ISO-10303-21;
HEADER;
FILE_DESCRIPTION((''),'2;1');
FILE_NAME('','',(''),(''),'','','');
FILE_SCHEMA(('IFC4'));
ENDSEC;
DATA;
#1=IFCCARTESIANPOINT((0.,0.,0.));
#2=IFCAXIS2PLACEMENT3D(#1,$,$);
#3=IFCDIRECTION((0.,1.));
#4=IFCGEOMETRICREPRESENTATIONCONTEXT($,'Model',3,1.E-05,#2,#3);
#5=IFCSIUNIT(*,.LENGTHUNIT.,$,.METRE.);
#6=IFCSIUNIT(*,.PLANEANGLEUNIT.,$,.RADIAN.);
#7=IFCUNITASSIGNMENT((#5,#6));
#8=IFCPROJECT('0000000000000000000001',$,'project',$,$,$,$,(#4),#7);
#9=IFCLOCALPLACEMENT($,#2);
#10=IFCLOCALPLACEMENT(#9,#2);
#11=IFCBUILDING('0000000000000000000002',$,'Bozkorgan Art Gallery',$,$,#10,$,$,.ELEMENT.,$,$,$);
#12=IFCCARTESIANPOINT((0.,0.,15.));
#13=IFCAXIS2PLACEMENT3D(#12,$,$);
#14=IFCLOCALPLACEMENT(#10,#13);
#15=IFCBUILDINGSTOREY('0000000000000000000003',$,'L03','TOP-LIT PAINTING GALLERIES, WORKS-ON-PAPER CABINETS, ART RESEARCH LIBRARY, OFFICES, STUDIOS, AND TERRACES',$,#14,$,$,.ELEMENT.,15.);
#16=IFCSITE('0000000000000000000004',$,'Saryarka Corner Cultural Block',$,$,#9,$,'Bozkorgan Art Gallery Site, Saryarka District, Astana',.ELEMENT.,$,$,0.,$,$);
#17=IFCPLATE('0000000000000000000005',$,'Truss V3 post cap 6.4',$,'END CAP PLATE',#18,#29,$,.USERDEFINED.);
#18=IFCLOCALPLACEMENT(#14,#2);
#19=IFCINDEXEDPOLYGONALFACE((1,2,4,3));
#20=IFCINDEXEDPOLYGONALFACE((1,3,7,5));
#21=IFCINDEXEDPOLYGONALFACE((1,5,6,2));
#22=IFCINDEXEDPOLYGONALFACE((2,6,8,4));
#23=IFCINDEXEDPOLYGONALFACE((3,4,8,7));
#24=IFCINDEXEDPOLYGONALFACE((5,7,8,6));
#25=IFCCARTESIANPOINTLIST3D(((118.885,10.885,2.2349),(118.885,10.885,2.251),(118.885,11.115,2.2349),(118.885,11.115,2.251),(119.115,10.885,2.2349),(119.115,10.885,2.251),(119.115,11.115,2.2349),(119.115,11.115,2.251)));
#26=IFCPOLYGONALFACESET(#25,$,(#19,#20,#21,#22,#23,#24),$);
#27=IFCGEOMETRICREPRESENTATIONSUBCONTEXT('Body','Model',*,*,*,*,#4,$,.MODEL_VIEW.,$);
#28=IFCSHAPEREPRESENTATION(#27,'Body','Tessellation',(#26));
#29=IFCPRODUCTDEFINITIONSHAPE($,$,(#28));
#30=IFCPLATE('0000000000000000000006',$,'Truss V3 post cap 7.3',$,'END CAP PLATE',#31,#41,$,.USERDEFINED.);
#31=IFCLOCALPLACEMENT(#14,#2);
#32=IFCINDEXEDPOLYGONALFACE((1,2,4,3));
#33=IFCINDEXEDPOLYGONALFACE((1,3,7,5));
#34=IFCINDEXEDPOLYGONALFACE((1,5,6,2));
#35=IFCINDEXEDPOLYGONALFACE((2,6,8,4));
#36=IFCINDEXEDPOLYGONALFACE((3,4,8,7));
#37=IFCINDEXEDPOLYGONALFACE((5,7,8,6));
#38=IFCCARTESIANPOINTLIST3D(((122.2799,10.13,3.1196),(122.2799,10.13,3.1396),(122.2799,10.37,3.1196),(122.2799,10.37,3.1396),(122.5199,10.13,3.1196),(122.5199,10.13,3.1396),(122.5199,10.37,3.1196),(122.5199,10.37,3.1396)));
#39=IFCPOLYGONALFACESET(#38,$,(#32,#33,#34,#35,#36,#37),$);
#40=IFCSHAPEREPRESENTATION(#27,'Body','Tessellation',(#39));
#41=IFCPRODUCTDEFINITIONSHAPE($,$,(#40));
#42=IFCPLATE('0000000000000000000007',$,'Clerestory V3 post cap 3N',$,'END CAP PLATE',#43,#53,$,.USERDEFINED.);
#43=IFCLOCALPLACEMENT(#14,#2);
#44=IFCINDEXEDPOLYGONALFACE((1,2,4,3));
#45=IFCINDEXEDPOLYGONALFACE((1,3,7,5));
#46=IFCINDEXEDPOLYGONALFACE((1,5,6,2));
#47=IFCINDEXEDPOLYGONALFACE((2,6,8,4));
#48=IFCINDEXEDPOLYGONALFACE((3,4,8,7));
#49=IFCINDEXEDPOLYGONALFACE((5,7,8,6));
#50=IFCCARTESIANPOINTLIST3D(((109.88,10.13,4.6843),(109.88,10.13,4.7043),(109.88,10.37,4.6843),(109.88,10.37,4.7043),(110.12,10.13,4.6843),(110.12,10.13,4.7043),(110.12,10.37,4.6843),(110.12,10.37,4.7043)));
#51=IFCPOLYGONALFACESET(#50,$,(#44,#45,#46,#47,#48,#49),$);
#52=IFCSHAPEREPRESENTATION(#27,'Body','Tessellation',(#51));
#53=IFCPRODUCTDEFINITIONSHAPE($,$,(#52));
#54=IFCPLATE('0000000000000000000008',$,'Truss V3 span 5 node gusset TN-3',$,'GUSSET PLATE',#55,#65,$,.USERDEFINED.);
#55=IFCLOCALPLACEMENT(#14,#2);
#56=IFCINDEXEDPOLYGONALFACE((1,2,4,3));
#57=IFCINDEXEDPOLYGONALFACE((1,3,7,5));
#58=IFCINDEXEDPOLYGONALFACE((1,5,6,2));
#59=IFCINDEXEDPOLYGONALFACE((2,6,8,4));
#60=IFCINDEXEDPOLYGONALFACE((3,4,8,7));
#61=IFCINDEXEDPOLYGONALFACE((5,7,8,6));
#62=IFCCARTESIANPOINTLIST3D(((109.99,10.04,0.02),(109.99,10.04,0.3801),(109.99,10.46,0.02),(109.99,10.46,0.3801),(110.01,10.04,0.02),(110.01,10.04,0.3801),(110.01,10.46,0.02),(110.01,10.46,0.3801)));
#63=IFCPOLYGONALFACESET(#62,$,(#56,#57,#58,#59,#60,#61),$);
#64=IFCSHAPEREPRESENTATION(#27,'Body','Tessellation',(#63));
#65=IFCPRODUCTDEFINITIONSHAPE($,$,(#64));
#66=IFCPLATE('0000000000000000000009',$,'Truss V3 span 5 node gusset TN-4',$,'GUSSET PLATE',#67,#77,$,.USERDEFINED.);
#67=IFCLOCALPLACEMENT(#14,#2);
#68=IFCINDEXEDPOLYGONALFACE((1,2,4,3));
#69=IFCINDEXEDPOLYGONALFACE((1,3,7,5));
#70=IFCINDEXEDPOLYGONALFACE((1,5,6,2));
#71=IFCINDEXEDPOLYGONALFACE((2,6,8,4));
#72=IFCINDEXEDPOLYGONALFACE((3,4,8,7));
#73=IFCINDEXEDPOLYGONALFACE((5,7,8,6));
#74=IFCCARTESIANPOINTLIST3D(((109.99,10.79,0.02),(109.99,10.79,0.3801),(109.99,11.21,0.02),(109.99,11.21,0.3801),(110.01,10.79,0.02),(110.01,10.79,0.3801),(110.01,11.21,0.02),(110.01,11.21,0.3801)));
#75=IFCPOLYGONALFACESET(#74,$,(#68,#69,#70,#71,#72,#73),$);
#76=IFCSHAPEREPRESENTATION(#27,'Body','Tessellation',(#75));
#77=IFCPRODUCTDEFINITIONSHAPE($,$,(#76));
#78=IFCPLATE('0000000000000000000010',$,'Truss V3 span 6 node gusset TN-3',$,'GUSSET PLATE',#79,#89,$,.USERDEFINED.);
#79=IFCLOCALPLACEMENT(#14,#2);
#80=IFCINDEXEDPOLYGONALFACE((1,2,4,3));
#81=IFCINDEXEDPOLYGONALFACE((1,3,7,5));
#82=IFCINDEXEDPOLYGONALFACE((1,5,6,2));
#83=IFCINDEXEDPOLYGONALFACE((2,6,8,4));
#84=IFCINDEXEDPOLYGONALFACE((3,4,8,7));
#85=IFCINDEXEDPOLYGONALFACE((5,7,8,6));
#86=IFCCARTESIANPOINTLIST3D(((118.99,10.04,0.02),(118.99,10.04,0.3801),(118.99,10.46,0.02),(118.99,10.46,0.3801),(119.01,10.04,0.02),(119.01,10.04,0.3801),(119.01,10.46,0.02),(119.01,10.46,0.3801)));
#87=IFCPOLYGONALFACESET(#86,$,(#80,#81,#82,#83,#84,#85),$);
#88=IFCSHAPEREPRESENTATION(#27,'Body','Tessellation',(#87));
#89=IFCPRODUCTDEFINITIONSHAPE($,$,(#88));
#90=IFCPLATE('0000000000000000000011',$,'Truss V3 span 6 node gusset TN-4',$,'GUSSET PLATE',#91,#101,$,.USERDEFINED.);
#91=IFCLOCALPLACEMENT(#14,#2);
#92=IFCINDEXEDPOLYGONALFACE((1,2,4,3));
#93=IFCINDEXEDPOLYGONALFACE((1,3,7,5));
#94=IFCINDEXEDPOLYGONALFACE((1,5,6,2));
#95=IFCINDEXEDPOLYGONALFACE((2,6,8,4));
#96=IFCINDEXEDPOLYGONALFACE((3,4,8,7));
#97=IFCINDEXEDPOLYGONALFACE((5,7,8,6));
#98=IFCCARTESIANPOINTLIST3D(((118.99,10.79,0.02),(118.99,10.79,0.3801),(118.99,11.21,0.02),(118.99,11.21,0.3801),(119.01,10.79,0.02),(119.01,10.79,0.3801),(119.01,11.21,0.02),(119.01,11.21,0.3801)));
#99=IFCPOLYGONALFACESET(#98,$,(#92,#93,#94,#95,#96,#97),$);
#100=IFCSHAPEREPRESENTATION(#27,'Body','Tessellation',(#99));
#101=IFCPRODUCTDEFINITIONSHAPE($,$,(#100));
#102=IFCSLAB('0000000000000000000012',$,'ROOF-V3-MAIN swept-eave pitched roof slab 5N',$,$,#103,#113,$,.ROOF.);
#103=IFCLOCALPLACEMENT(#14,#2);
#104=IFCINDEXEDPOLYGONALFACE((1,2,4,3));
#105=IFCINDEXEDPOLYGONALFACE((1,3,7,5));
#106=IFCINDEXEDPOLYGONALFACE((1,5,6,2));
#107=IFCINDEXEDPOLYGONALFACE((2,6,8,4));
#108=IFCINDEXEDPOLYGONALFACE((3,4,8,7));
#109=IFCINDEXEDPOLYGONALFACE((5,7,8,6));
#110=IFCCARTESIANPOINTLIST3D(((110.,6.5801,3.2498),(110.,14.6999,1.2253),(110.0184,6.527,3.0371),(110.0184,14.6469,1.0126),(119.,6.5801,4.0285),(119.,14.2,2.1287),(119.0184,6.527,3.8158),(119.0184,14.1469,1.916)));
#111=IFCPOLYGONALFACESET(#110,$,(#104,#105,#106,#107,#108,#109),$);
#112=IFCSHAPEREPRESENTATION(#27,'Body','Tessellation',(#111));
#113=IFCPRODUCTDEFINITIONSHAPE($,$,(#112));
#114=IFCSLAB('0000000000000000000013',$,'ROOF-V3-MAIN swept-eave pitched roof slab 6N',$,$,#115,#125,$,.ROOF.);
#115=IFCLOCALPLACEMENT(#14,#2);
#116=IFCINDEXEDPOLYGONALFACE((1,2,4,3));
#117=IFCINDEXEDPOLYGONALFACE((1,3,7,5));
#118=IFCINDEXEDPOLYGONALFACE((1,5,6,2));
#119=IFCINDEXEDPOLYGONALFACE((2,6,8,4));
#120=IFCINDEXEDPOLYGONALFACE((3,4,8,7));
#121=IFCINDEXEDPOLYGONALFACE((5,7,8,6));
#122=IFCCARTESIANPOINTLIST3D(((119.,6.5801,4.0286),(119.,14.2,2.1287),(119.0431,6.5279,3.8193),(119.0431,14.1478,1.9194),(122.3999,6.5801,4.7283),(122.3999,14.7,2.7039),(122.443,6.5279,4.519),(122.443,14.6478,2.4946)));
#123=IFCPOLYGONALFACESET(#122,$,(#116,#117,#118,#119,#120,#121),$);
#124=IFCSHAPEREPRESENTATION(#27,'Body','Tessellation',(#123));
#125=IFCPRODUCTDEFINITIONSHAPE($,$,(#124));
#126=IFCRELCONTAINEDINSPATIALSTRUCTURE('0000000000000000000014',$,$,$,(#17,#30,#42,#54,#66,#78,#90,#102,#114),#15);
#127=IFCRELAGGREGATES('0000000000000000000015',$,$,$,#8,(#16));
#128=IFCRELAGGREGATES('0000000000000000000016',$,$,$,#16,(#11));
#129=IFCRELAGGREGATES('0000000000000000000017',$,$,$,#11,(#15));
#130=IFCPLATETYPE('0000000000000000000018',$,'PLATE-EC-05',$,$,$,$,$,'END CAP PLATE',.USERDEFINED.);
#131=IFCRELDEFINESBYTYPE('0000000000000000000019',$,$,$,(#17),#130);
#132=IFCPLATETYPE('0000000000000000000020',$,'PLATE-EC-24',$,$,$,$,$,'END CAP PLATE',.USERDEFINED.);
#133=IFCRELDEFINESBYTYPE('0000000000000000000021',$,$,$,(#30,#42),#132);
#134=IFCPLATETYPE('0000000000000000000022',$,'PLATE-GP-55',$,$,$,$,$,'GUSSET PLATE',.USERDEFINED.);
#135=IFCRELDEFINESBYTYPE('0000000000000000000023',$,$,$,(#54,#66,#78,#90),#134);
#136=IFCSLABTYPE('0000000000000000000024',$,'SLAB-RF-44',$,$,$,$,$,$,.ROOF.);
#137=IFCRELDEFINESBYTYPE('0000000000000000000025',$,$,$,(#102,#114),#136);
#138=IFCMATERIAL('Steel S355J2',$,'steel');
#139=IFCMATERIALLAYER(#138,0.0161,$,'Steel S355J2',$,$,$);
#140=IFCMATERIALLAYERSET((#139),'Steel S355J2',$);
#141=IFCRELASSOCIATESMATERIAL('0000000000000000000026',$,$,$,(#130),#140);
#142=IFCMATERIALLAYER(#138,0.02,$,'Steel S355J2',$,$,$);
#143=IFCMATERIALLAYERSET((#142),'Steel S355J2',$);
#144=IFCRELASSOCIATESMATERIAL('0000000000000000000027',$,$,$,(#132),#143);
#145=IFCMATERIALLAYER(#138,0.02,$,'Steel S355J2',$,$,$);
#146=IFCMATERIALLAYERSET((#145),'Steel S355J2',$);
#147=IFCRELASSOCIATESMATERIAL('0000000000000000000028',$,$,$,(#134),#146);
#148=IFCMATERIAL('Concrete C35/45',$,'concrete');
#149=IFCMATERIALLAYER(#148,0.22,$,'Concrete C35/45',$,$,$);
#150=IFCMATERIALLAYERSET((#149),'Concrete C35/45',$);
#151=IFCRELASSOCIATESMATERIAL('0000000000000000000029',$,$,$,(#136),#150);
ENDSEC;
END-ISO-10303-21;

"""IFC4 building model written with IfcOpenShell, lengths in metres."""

from ifc_helpers import new_model, si_unit, direction, frame, origin, origin_2d, place, context, subcontext, project, spatial, polyline, rectangle, outline, extrude, material, layer, layer_set, type_object, element, save


model = new_model("IFC4")

# Units and contexts
model_context = context("Model", 3, precision=1e-05, world=origin(), true_north=direction((0.0, 1.0)))
body_context = subcontext(model_context, "Body", "Model", "MODEL_VIEW")
ifc_project = project(units=[si_unit("LENGTHUNIT", "METRE"), si_unit("PLANEANGLEUNIT", "RADIAN")], contexts=[model_context])

# Site, building, storey
site_placement = place(None, origin())
site = spatial("IfcSite", under=ifc_project, at=site_placement, Name="Saryarka Corner Cultural Block", LongName="Bozkorgan Art Gallery Site, Saryarka District, Astana", CompositionType="ELEMENT", RefElevation=0.0)
building_placement = place(site_placement, origin())
building = spatial("IfcBuilding", under=site, at=building_placement, Name="Bozkorgan Art Gallery", CompositionType="ELEMENT")
storey_placement = place(building_placement, frame((0.0, 0.0, 15.0)))
storey = spatial("IfcBuildingStorey", under=building, at=storey_placement, Name="L03", Description="TOP-LIT PAINTING GALLERIES, WORKS-ON-PAPER CABINETS, ART RESEARCH LIBRARY, OFFICES, STUDIOS, AND TERRACES", CompositionType="ELEMENT", Elevation=15.0)

# Shared definitions
ifc_material_1 = material(Name="Steel S355J2", Category="steel")

# Plates
ifc_layer_1 = layer(ifc_material_1, 0.0161, Name="Steel S355J2")
ifc_layer_set_1 = layer_set([ifc_layer_1], Name="Steel S355J2")
plate_type_1 = type_object("IfcPlateType", Name="PLATE-EC-05", ElementType="END CAP PLATE", PredefinedType="USERDEFINED", material=ifc_layer_set_1)
for number, where, z_axis, x_axis, name in (
    (1, (119.0, 11.0, 2.2349), (0.0, 0.0, 1.0), (1.0, 0.0, 0.0), "Truss V3 post cap 6.4"),
):
    element("IfcPlate", number, at=place(storey_placement, frame(where, z_axis=z_axis, x_axis=x_axis)), inside=storey, type_object=plate_type_1, Name=name, ObjectType="END CAP PLATE", PredefinedType="USERDEFINED", context=body_context, shape_type="SweptSolid", body=[
        extrude(rectangle(XDim=0.23, YDim=0.23, at=origin_2d()), origin(), (0.0, 0.0, 1.0), 0.0161),
    ])
ifc_layer_2 = layer(ifc_material_1, 0.02, Name="Steel S355J2")
ifc_layer_set_2 = layer_set([ifc_layer_2], Name="Steel S355J2")
plate_type_2 = type_object("IfcPlateType", Name="PLATE-EC-24", ElementType="END CAP PLATE", PredefinedType="USERDEFINED", material=ifc_layer_set_2)
for number, where, z_axis, x_axis, name in (
    (2, (122.3999, 10.25, 3.1196), (0.0, 0.0, 1.0), (1.0, 0.0, 0.0), "Truss V3 post cap 7.3"),
    (3, (110.0, 10.25, 4.6843), (0.0, 0.0, 1.0), (1.0, 0.0, 0.0), "Clerestory V3 post cap 3N"),
):
    element("IfcPlate", number, at=place(storey_placement, frame(where, z_axis=z_axis, x_axis=x_axis)), inside=storey, type_object=plate_type_2, Name=name, ObjectType="END CAP PLATE", PredefinedType="USERDEFINED", context=body_context, shape_type="SweptSolid", body=[
        extrude(rectangle(XDim=0.24, YDim=0.24, at=origin_2d()), origin(), (0.0, 0.0, 1.0), 0.02),
    ])
ifc_layer_3 = layer(ifc_material_1, 0.02, Name="Steel S355J2")
ifc_layer_set_3 = layer_set([ifc_layer_3], Name="Steel S355J2")
plate_type_3 = type_object("IfcPlateType", Name="PLATE-GP-55", ElementType="GUSSET PLATE", PredefinedType="USERDEFINED", material=ifc_layer_set_3)
for number, where, z_axis, x_axis, name in (
    (4, (110.0, 10.25, 0.02), (0.0, 0.0, 1.0), (1.0, 0.0, 0.0), "Truss V3 span 5 node gusset TN-3"),
    (5, (110.0, 11.0, 0.02), (0.0, 0.0, 1.0), (1.0, 0.0, 0.0), "Truss V3 span 5 node gusset TN-4"),
    (6, (119.0, 10.25, 0.02), (0.0, 0.0, 1.0), (1.0, 0.0, 0.0), "Truss V3 span 6 node gusset TN-3"),
    (7, (119.0, 11.0, 0.02), (0.0, 0.0, 1.0), (1.0, 0.0, 0.0), "Truss V3 span 6 node gusset TN-4"),
):
    element("IfcPlate", number, at=place(storey_placement, frame(where, z_axis=z_axis, x_axis=x_axis)), inside=storey, type_object=plate_type_3, Name=name, ObjectType="GUSSET PLATE", PredefinedType="USERDEFINED", context=body_context, shape_type="SweptSolid", body=[
        extrude(rectangle(XDim=0.02, YDim=0.4199, at=origin_2d()), origin(), (0.0, 0.0, 1.0), 0.3601),
    ])

# Slabs
ifc_material_2 = material(Name="Concrete C35/45", Category="concrete")
ifc_layer_4 = layer(ifc_material_2, 0.22, Name="Concrete C35/45")
ifc_layer_set_4 = layer_set([ifc_layer_4], Name="Concrete C35/45")
slab_type = type_object("IfcSlabType", Name="SLAB-RF-44", PredefinedType="ROOF", material=ifc_layer_set_4)
slab_1_placement = place(storey_placement, frame((110.0, 6.5801, 3.2498), z_axis=(-0.083661, 0.241071, 0.966895), x_axis=(0.996277, -0.000002, 0.086204)))
element("IfcSlab", 8, at=slab_1_placement, inside=storey, type_object=slab_type, Name="ROOF-V3-MAIN swept-eave pitched roof slab 5N", PredefinedType="ROOF", context=body_context, shape_type="SweptSolid", body=[
    extrude(outline(polyline([(0.0, 0.0), (9.0336, 0.0), (8.8698, 7.8514), (-0.1745, 8.3666), (0.0, 0.0)])), origin(), (0.0, 0.0, -1.0), 0.22),
])
slab_2_placement = place(storey_placement, frame((119.0, 6.5801, 4.0286), z_axis=(-0.195843, 0.237235, 0.951507), x_axis=(0.979469, 0.000005, 0.201597)))
element("IfcSlab", 9, at=slab_2_placement, inside=storey, type_object=slab_type, Name="ROOF-V3-MAIN swept-eave pitched roof slab 6N", PredefinedType="ROOF", context=body_context, shape_type="SweptSolid", body=[
    extrude(outline(polyline([(0.0, 0.0), (3.4712, 0.0), (3.0631, 8.3585), (-0.383, 7.8438), (0.0, 0.0)])), origin(), (0.0, 0.0, -1.0), 0.22),
])

save(model, "model.ifc")
